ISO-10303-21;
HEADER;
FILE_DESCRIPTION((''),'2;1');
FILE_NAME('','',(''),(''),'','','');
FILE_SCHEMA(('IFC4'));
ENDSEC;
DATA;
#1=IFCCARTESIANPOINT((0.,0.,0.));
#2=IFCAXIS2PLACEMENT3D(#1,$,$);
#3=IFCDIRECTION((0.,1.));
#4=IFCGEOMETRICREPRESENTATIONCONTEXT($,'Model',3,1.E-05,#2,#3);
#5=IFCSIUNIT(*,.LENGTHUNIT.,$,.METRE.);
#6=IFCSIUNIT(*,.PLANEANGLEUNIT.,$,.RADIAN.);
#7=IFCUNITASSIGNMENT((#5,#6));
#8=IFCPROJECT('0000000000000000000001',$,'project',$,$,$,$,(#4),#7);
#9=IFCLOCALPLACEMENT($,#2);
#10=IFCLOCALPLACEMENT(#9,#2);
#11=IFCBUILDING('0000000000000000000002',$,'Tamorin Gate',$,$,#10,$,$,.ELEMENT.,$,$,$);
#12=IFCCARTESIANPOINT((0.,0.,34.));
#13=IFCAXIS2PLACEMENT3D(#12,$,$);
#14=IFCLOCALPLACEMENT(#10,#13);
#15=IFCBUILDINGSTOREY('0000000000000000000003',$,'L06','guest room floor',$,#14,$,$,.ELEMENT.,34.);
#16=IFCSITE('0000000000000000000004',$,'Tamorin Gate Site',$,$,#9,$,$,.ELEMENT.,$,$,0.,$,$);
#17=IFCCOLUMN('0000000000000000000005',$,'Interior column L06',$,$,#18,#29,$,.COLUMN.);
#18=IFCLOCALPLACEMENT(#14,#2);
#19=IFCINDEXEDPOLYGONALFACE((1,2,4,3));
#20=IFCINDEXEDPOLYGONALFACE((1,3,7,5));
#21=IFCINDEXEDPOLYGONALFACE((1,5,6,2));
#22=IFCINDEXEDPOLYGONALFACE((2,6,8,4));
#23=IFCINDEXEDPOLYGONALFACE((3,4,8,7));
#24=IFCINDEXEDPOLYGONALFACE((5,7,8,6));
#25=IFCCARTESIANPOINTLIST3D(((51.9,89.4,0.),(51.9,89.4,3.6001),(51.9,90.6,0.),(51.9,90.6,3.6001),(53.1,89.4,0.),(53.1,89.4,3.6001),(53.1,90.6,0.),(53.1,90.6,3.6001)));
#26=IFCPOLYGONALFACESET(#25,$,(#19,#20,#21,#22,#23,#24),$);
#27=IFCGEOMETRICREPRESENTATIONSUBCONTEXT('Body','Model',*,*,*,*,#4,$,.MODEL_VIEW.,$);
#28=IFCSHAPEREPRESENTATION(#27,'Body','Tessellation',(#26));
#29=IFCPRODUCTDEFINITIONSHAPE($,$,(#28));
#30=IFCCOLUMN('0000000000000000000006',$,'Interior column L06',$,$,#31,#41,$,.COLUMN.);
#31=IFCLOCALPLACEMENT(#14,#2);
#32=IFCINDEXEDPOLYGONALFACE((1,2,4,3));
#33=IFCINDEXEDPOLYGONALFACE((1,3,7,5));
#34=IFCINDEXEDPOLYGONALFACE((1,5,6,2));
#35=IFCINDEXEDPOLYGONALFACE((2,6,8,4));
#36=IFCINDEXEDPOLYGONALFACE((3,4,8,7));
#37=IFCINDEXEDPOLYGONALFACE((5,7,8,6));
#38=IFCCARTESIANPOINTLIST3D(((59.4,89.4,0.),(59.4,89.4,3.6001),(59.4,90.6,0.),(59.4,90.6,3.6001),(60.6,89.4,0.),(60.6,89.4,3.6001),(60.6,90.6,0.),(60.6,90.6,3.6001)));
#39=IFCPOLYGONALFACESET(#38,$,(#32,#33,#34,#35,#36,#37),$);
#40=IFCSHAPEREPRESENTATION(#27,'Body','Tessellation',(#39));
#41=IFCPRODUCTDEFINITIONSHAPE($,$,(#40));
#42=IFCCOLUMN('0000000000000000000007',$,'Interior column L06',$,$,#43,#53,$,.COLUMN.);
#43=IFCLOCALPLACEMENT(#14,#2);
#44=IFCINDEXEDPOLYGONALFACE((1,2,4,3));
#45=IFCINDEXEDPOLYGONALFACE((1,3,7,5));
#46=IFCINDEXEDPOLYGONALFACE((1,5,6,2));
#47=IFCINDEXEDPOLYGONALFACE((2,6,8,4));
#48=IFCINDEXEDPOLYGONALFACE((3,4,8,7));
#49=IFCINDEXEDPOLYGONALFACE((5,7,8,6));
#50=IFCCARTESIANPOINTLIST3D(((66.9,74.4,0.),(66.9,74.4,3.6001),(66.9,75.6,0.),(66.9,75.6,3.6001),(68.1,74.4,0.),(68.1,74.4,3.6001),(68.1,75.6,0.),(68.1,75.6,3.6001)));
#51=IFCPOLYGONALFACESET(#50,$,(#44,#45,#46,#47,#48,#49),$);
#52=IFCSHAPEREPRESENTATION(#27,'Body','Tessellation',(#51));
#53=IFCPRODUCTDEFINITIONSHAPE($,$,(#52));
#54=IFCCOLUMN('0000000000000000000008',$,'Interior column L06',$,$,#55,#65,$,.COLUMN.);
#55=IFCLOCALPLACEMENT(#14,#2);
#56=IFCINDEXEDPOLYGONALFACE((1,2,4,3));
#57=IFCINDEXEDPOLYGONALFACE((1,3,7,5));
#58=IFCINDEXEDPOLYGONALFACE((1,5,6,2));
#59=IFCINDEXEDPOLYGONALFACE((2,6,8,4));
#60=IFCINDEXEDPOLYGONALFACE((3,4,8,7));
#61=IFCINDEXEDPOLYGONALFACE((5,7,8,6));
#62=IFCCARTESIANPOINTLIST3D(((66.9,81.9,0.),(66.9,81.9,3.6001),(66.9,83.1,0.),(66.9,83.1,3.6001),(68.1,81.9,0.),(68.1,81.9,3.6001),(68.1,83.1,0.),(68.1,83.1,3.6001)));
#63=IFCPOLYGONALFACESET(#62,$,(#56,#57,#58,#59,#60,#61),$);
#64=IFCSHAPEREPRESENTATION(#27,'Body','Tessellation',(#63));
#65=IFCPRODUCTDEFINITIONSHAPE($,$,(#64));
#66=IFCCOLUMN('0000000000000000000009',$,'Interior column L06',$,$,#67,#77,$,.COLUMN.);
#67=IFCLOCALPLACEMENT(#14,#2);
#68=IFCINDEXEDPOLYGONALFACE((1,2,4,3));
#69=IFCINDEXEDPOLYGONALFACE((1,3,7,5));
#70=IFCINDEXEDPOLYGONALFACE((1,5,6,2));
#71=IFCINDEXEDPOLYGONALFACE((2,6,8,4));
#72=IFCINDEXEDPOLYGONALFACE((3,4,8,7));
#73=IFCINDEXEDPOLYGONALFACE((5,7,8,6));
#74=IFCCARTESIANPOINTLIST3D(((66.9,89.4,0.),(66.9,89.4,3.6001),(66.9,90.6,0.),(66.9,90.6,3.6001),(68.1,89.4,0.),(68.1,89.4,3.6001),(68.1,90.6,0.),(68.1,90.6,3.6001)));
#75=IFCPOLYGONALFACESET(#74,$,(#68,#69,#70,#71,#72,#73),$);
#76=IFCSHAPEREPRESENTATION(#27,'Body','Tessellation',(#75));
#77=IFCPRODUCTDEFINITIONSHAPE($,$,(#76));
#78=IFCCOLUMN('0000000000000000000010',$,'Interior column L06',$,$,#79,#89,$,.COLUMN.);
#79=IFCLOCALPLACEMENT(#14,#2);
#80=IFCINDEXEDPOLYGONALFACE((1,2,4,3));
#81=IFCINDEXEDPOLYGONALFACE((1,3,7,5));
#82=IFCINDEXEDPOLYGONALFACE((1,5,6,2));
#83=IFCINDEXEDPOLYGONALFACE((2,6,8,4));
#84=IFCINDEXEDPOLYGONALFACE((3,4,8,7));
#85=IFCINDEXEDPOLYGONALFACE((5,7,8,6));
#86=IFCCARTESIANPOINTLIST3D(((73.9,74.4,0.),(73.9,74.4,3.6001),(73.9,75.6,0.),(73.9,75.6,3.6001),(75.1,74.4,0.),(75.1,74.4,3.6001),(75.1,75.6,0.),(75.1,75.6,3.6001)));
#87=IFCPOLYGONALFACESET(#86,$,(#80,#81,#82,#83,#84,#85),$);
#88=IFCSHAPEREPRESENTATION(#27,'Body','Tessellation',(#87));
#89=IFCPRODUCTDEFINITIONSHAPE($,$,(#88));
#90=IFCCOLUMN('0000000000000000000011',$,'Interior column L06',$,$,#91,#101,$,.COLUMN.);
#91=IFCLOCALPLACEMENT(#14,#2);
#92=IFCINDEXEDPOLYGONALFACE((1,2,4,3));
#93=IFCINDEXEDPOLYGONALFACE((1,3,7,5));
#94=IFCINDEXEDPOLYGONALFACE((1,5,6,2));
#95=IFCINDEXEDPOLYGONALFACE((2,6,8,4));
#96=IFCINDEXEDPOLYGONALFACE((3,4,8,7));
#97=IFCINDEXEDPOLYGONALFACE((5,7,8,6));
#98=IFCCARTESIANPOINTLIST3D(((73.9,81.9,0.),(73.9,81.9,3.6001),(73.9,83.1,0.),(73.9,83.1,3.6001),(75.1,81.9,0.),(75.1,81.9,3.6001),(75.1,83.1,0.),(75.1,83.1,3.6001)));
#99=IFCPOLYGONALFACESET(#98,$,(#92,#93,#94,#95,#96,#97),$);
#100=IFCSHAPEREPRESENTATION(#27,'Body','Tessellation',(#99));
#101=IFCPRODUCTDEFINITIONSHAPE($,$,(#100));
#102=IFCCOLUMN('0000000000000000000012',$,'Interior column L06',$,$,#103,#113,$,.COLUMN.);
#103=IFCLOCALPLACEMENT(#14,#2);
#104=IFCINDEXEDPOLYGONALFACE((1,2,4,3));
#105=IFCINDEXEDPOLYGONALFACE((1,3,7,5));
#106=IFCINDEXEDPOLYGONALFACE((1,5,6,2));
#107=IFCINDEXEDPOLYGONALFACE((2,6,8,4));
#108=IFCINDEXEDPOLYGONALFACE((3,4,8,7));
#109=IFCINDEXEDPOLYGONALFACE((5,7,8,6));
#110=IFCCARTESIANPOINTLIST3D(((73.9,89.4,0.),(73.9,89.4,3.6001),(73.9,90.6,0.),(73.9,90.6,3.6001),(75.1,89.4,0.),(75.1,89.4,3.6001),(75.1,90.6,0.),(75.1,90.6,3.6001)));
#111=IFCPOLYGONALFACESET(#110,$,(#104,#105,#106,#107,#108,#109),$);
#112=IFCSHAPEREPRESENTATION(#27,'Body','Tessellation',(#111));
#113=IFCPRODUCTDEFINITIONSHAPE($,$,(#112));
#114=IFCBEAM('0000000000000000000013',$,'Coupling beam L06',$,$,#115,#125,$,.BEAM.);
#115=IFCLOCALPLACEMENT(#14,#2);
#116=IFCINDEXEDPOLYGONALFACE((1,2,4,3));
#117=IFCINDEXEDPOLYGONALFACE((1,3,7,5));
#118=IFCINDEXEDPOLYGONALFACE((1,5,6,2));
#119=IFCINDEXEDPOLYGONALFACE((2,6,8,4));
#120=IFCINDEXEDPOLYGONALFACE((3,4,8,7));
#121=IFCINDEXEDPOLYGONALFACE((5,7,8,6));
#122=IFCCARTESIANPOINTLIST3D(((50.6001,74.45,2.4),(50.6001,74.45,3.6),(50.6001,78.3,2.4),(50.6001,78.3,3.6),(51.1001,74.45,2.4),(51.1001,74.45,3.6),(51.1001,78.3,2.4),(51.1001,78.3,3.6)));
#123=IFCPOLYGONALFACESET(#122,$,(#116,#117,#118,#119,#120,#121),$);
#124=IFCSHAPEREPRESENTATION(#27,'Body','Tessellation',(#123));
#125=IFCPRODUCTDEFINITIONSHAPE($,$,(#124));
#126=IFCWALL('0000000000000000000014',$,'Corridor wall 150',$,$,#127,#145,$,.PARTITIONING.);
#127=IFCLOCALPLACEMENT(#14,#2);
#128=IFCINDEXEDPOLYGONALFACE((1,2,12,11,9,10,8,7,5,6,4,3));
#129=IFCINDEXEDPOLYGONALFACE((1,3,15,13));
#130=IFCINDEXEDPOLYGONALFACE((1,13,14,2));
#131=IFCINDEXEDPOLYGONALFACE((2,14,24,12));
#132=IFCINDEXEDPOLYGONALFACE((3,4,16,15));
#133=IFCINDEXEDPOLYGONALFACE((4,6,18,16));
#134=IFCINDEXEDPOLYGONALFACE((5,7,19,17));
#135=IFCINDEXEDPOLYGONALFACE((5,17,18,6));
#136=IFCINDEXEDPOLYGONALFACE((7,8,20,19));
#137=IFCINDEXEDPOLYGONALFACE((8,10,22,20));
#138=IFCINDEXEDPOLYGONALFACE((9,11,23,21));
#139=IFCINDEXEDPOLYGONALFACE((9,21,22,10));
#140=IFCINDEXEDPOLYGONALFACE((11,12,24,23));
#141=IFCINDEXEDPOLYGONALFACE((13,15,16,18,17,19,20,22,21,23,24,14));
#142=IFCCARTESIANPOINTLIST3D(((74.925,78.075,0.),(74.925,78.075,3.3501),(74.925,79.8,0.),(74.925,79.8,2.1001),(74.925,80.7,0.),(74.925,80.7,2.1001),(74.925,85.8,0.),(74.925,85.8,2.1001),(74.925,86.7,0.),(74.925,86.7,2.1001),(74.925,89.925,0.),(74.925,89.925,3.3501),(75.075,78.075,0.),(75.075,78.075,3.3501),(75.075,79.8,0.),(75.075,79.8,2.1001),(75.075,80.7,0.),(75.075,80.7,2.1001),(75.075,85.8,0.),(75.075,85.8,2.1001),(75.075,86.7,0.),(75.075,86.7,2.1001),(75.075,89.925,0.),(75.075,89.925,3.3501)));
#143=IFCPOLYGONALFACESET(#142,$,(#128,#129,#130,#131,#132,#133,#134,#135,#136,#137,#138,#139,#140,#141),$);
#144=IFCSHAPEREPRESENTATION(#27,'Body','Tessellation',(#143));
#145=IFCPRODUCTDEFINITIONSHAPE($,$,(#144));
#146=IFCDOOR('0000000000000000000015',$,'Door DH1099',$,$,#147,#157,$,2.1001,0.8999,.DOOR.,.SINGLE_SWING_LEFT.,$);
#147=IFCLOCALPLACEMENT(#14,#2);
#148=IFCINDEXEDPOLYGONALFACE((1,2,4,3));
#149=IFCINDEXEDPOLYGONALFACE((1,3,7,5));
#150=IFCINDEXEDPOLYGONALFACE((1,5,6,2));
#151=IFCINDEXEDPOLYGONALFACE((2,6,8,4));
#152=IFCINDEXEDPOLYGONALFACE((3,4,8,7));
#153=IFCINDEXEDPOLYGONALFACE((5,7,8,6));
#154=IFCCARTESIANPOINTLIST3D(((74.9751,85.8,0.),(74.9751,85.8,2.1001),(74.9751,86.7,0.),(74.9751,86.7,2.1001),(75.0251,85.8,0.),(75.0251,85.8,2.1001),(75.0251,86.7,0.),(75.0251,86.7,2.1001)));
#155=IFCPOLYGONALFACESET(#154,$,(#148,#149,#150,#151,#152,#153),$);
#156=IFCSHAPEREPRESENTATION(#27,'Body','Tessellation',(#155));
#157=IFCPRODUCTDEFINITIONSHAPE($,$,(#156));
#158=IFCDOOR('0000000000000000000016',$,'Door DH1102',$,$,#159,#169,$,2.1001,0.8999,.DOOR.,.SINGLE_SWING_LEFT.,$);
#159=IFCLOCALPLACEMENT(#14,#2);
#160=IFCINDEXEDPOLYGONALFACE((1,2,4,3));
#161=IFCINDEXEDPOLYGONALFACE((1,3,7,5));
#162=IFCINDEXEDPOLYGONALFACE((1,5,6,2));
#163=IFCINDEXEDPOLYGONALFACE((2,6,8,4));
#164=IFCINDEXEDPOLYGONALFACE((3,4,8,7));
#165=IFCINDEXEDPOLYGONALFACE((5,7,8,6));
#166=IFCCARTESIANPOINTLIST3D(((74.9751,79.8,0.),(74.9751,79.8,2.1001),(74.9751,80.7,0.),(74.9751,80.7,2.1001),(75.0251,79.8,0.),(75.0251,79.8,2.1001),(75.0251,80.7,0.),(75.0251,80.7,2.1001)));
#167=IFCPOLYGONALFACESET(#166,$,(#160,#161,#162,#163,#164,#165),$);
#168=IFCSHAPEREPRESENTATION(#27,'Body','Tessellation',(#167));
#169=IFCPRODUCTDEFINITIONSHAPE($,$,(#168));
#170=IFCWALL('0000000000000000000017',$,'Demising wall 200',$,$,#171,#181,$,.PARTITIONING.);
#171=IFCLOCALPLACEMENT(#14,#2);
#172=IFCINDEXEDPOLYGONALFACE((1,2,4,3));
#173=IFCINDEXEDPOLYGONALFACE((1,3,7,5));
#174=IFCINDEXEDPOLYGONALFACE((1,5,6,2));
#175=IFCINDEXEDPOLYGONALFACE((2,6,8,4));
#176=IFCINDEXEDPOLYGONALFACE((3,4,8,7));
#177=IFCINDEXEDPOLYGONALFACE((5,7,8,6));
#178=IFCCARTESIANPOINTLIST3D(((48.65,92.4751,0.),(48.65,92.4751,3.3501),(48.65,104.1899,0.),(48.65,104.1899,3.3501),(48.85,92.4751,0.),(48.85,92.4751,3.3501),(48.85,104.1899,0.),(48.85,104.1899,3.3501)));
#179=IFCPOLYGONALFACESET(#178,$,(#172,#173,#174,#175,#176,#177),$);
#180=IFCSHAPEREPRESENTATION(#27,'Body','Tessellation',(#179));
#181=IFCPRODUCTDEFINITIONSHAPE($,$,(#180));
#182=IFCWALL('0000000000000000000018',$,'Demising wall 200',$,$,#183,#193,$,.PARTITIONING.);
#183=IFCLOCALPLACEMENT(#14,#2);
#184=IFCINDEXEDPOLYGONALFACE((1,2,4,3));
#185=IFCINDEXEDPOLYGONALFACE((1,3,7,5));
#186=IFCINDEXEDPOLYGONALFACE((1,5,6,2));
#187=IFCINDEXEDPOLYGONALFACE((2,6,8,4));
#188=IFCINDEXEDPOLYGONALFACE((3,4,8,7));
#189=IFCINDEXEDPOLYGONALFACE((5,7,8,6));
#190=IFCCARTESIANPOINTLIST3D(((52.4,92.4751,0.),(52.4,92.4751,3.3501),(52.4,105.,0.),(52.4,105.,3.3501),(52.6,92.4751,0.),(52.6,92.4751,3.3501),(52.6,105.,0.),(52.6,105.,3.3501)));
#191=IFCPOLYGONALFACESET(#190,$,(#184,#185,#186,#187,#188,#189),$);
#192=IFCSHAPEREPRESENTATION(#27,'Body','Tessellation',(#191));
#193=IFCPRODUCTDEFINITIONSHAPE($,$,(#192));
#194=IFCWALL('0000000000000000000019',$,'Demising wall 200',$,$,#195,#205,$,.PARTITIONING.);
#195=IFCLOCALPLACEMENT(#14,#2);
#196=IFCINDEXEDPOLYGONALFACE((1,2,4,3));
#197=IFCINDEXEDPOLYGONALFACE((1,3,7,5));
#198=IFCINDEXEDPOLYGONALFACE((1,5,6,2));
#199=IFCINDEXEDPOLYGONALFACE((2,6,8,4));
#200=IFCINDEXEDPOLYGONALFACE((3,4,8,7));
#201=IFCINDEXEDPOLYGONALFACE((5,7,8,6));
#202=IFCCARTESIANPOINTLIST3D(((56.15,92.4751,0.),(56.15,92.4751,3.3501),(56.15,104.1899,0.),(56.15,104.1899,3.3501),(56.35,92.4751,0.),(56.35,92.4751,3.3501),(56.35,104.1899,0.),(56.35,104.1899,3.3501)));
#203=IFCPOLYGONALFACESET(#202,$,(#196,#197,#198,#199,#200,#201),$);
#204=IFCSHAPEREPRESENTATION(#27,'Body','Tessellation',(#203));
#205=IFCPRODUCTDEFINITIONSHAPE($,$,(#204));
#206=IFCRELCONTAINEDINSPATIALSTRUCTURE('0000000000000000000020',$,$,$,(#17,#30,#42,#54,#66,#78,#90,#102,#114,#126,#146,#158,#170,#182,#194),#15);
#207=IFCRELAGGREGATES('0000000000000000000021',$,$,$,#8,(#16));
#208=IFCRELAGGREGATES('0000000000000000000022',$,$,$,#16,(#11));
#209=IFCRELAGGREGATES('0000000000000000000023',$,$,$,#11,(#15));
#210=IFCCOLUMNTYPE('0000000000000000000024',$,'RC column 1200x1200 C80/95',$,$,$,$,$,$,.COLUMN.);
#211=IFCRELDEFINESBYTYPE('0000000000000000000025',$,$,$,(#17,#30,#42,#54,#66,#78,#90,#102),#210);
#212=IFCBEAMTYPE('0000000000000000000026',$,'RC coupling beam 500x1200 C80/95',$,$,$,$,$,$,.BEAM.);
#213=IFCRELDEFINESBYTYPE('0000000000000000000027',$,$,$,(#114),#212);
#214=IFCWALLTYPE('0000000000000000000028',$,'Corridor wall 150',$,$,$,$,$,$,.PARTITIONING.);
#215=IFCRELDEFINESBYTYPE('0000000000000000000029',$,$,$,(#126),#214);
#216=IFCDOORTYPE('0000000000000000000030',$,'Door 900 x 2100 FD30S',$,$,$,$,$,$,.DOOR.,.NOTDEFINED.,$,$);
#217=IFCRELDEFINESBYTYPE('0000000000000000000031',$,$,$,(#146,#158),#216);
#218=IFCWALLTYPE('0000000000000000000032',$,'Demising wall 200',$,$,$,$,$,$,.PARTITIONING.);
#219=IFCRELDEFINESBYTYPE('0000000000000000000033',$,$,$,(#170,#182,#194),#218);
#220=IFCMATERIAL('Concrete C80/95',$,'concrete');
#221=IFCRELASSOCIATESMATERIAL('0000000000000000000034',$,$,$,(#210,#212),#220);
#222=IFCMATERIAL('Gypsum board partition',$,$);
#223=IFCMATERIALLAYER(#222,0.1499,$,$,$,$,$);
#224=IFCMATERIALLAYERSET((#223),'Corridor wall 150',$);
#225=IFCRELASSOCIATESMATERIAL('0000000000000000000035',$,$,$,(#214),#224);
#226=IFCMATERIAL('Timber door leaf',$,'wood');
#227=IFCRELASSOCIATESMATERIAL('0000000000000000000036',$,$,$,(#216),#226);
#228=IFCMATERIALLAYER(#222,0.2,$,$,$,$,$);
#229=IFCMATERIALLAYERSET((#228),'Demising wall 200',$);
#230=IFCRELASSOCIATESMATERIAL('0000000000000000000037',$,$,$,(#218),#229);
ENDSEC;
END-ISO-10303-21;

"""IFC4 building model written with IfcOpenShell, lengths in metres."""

from ifc_helpers import new_model, si_unit, direction, frame, frame_2d, origin, origin_2d, place, context, subcontext, project, spatial, rectangle, extrude, material, layer, layer_set, material_profile, profile_set, type_object, element, fill, save


model = new_model("IFC4")

# Units and contexts
model_context = context("Model", 3, precision=1e-05, world=origin(), true_north=direction((0.0, 1.0)))
body_context = subcontext(model_context, "Body", "Model", "MODEL_VIEW")
ifc_project = project(units=[si_unit("LENGTHUNIT", "METRE"), si_unit("PLANEANGLEUNIT", "RADIAN")], contexts=[model_context])

# Site, building, storey
site_placement = place(None, origin())
site = spatial("IfcSite", under=ifc_project, at=site_placement, Name="Tamorin Gate Site", CompositionType="ELEMENT", RefElevation=0.0)
building_placement = place(site_placement, origin())
building = spatial("IfcBuilding", under=site, at=building_placement, Name="Tamorin Gate", CompositionType="ELEMENT")
storey_placement = place(building_placement, frame((0.0, 0.0, 34.0)))
storey = spatial("IfcBuildingStorey", under=building, at=storey_placement, Name="L06", Description="guest room floor", CompositionType="ELEMENT", Elevation=34.0)

# Columns
ifc_material_1 = material(Name="Concrete C80/95", Category="concrete")
ifc_material_profile_1 = material_profile(ifc_material_1, rectangle(XDim=1.2, YDim=1.2, at=origin_2d()), Name="RC 1200x1200")
ifc_profile_set_1 = profile_set([ifc_material_profile_1], Name="Concrete C80/95")
column_type = type_object("IfcColumnType", Name="RC column 1200x1200 C80/95", PredefinedType="COLUMN", material=ifc_profile_set_1)
for number, where, z_axis, x_axis, name in (
    (1, (52.5, 90.0, 0.0), (0.0, 0.0, 1.0), (1.0, 0.0, 0.0), "Interior column L06"),
    (2, (60.0, 90.0, 0.0), (0.0, 0.0, 1.0), (1.0, 0.0, 0.0), "Interior column L06"),
    (3, (67.5, 75.0, 0.0), (0.0, 0.0, 1.0), (1.0, 0.0, 0.0), "Interior column L06"),
    (4, (67.5, 82.5, 0.0), (0.0, 0.0, 1.0), (1.0, 0.0, 0.0), "Interior column L06"),
    (5, (67.5, 90.0, 0.0), (0.0, 0.0, 1.0), (1.0, 0.0, 0.0), "Interior column L06"),
    (6, (74.5, 75.0, 0.0), (0.0, 0.0, 1.0), (1.0, 0.0, 0.0), "Interior column L06"),
    (7, (74.5, 82.5, 0.0), (0.0, 0.0, 1.0), (1.0, 0.0, 0.0), "Interior column L06"),
    (8, (74.5, 90.0, 0.0), (0.0, 0.0, 1.0), (1.0, 0.0, 0.0), "Interior column L06"),
):
    element("IfcColumn", number, at=place(storey_placement, frame(where, z_axis=z_axis, x_axis=x_axis)), inside=storey, type_object=column_type, Name=name, PredefinedType="COLUMN", context=body_context, shape_type="SweptSolid", body=[
        extrude(rectangle(XDim=1.2, YDim=1.2, at=origin_2d()), origin(), (0.0, 0.0, 1.0), 3.6001),
    ])

# Beam
ifc_material_profile_2 = material_profile(ifc_material_1, rectangle(XDim=0.5, YDim=1.2, at=origin_2d()), Name="RC 500x1200")
ifc_profile_set_2 = profile_set([ifc_material_profile_2], Name="Concrete C80/95")
beam_type = type_object("IfcBeamType", Name="RC coupling beam 500x1200 C80/95", PredefinedType="BEAM", material=ifc_profile_set_2)
beam_placement = place(storey_placement, frame((50.8501, 74.45, 3.0), z_axis=(0.0, 1.0, 0.0), x_axis=(-1.0, 0.0, 0.0)))
element("IfcBeam", 9, at=beam_placement, inside=storey, type_object=beam_type, Name="Coupling beam L06", PredefinedType="BEAM", context=body_context, shape_type="SweptSolid", body=[
    extrude(rectangle(XDim=0.5, YDim=1.2, at=origin_2d()), origin(), (0.0, 0.0, 1.0), 3.8501),
])

# Wall, openings, doors
ifc_material_2 = material(Name="Gypsum board partition")
ifc_layer_1 = layer(ifc_material_2, 0.1499)
ifc_layer_set_1 = layer_set([ifc_layer_1], Name="Corridor wall 150")
wall_type_1 = type_object("IfcWallType", Name="Corridor wall 150", PredefinedType="PARTITIONING", material=ifc_layer_set_1)
wall_1_placement = place(storey_placement, frame((75.0, 78.075, 0.0), z_axis=(0.0, 0.0, 1.0), x_axis=(0.0, 1.0, 0.0)))
wall_1 = element("IfcWall", 10, at=wall_1_placement, inside=storey, type_object=wall_type_1, Name="Corridor wall 150", PredefinedType="PARTITIONING", context=body_context, shape_type="SweptSolid", body=[
    extrude(rectangle(XDim=11.8501, YDim=0.1499, at=frame_2d((5.925, 0.0))), origin(), (0.0, 0.0, 1.0), 3.3501),
])
opening_1_placement = place(wall_1_placement, frame((7.7251, 0.0, 0.0)))
opening_1 = element("IfcOpeningElement", 11, at=opening_1_placement, cuts=wall_1, PredefinedType="OPENING", context=body_context, shape_type="SweptSolid", body=[
    extrude(rectangle(XDim=0.8999, YDim=2.1001, at=frame_2d((0.45, 1.05))), frame((0.0, 0.085, 0.0), z_axis=(0.0, -1.0, 0.0), x_axis=(1.0, 0.0, 0.0)), (0.0, 0.0, 1.0), 0.1699),
])
opening_2_placement = place(wall_1_placement, frame((1.7251, 0.0, 0.0)))
opening_2 = element("IfcOpeningElement", 12, at=opening_2_placement, cuts=wall_1, PredefinedType="OPENING", context=body_context, shape_type="SweptSolid", body=[
    extrude(rectangle(XDim=0.8999, YDim=2.1001, at=frame_2d((0.45, 1.05))), frame((0.0, 0.085, 0.0), z_axis=(0.0, -1.0, 0.0), x_axis=(1.0, 0.0, 0.0)), (0.0, 0.0, 1.0), 0.1699),
])
ifc_material_3 = material(Name="Timber door leaf", Category="wood")
door_type_1 = type_object("IfcDoorType", Name="Door 900 x 2100 FD30S", OperationType="NOTDEFINED", PredefinedType="DOOR", material=ifc_material_3)
door_1_placement = place(opening_1_placement, origin())
door_1 = element("IfcDoor", 13, at=door_1_placement, inside=storey, type_object=door_type_1, Name="Door DH1099", OperationType="SINGLE_SWING_LEFT", OverallHeight=2.1001, OverallWidth=0.8999, PredefinedType="DOOR", context=body_context, shape_type="SweptSolid", body=[
    extrude(rectangle(XDim=0.8999, YDim=2.1001, at=frame_2d((0.45, 1.05))), frame((0.0, 0.0249, 0.0), z_axis=(0.0, -1.0, 0.0), x_axis=(1.0, 0.0, 0.0)), (0.0, 0.0, 1.0), 0.05),
])
fill(opening_1, door_1)
door_2_placement = place(opening_2_placement, origin())
door_2 = element("IfcDoor", 14, at=door_2_placement, inside=storey, type_object=door_type_1, Name="Door DH1102", OperationType="SINGLE_SWING_LEFT", OverallHeight=2.1001, OverallWidth=0.8999, PredefinedType="DOOR", context=body_context, shape_type="SweptSolid", body=[
    extrude(rectangle(XDim=0.8999, YDim=2.1001, at=frame_2d((0.45, 1.05))), frame((0.0, 0.0249, 0.0), z_axis=(0.0, -1.0, 0.0), x_axis=(1.0, 0.0, 0.0)), (0.0, 0.0, 1.0), 0.05),
])
fill(opening_2, door_2)

# Walls
ifc_layer_2 = layer(ifc_material_2, 0.2)
ifc_layer_set_2 = layer_set([ifc_layer_2], Name="Demising wall 200")
wall_type_2 = type_object("IfcWallType", Name="Demising wall 200", PredefinedType="PARTITIONING", material=ifc_layer_set_2)
wall_2_placement = place(storey_placement, frame((48.75, 92.4751, 0.0), z_axis=(0.0, 0.0, 1.0), x_axis=(0.0, 1.0, 0.0)))
element("IfcWall", 15, at=wall_2_placement, inside=storey, type_object=wall_type_2, Name="Demising wall 200", PredefinedType="PARTITIONING", context=body_context, shape_type="SweptSolid", body=[
    extrude(rectangle(XDim=11.7148, YDim=0.2, at=frame_2d((5.8574, 0.0))), origin(), (0.0, 0.0, 1.0), 3.3501),
])
wall_3_placement = place(storey_placement, frame((52.5, 92.4751, 0.0), z_axis=(0.0, 0.0, 1.0), x_axis=(0.0, 1.0, 0.0)))
element("IfcWall", 16, at=wall_3_placement, inside=storey, type_object=wall_type_2, Name="Demising wall 200", PredefinedType="PARTITIONING", context=body_context, shape_type="SweptSolid", body=[
    extrude(rectangle(XDim=12.5249, YDim=0.2, at=frame_2d((6.2625, 0.0))), origin(), (0.0, 0.0, 1.0), 3.3501),
])
for number, where, z_axis, x_axis, name in (
    (17, (56.25, 92.4751, 0.0), (0.0, 0.0, 1.0), (0.0, 1.0, 0.0), "Demising wall 200"),
):
    element("IfcWall", number, at=place(storey_placement, frame(where, z_axis=z_axis, x_axis=x_axis)), inside=storey, type_object=wall_type_2, Name=name, PredefinedType="PARTITIONING", context=body_context, shape_type="SweptSolid", body=[
        extrude(rectangle(XDim=11.7148, YDim=0.2, at=frame_2d((5.8574, 0.0))), origin(), (0.0, 0.0, 1.0), 3.3501),
    ])

save(model, "model.ifc")
